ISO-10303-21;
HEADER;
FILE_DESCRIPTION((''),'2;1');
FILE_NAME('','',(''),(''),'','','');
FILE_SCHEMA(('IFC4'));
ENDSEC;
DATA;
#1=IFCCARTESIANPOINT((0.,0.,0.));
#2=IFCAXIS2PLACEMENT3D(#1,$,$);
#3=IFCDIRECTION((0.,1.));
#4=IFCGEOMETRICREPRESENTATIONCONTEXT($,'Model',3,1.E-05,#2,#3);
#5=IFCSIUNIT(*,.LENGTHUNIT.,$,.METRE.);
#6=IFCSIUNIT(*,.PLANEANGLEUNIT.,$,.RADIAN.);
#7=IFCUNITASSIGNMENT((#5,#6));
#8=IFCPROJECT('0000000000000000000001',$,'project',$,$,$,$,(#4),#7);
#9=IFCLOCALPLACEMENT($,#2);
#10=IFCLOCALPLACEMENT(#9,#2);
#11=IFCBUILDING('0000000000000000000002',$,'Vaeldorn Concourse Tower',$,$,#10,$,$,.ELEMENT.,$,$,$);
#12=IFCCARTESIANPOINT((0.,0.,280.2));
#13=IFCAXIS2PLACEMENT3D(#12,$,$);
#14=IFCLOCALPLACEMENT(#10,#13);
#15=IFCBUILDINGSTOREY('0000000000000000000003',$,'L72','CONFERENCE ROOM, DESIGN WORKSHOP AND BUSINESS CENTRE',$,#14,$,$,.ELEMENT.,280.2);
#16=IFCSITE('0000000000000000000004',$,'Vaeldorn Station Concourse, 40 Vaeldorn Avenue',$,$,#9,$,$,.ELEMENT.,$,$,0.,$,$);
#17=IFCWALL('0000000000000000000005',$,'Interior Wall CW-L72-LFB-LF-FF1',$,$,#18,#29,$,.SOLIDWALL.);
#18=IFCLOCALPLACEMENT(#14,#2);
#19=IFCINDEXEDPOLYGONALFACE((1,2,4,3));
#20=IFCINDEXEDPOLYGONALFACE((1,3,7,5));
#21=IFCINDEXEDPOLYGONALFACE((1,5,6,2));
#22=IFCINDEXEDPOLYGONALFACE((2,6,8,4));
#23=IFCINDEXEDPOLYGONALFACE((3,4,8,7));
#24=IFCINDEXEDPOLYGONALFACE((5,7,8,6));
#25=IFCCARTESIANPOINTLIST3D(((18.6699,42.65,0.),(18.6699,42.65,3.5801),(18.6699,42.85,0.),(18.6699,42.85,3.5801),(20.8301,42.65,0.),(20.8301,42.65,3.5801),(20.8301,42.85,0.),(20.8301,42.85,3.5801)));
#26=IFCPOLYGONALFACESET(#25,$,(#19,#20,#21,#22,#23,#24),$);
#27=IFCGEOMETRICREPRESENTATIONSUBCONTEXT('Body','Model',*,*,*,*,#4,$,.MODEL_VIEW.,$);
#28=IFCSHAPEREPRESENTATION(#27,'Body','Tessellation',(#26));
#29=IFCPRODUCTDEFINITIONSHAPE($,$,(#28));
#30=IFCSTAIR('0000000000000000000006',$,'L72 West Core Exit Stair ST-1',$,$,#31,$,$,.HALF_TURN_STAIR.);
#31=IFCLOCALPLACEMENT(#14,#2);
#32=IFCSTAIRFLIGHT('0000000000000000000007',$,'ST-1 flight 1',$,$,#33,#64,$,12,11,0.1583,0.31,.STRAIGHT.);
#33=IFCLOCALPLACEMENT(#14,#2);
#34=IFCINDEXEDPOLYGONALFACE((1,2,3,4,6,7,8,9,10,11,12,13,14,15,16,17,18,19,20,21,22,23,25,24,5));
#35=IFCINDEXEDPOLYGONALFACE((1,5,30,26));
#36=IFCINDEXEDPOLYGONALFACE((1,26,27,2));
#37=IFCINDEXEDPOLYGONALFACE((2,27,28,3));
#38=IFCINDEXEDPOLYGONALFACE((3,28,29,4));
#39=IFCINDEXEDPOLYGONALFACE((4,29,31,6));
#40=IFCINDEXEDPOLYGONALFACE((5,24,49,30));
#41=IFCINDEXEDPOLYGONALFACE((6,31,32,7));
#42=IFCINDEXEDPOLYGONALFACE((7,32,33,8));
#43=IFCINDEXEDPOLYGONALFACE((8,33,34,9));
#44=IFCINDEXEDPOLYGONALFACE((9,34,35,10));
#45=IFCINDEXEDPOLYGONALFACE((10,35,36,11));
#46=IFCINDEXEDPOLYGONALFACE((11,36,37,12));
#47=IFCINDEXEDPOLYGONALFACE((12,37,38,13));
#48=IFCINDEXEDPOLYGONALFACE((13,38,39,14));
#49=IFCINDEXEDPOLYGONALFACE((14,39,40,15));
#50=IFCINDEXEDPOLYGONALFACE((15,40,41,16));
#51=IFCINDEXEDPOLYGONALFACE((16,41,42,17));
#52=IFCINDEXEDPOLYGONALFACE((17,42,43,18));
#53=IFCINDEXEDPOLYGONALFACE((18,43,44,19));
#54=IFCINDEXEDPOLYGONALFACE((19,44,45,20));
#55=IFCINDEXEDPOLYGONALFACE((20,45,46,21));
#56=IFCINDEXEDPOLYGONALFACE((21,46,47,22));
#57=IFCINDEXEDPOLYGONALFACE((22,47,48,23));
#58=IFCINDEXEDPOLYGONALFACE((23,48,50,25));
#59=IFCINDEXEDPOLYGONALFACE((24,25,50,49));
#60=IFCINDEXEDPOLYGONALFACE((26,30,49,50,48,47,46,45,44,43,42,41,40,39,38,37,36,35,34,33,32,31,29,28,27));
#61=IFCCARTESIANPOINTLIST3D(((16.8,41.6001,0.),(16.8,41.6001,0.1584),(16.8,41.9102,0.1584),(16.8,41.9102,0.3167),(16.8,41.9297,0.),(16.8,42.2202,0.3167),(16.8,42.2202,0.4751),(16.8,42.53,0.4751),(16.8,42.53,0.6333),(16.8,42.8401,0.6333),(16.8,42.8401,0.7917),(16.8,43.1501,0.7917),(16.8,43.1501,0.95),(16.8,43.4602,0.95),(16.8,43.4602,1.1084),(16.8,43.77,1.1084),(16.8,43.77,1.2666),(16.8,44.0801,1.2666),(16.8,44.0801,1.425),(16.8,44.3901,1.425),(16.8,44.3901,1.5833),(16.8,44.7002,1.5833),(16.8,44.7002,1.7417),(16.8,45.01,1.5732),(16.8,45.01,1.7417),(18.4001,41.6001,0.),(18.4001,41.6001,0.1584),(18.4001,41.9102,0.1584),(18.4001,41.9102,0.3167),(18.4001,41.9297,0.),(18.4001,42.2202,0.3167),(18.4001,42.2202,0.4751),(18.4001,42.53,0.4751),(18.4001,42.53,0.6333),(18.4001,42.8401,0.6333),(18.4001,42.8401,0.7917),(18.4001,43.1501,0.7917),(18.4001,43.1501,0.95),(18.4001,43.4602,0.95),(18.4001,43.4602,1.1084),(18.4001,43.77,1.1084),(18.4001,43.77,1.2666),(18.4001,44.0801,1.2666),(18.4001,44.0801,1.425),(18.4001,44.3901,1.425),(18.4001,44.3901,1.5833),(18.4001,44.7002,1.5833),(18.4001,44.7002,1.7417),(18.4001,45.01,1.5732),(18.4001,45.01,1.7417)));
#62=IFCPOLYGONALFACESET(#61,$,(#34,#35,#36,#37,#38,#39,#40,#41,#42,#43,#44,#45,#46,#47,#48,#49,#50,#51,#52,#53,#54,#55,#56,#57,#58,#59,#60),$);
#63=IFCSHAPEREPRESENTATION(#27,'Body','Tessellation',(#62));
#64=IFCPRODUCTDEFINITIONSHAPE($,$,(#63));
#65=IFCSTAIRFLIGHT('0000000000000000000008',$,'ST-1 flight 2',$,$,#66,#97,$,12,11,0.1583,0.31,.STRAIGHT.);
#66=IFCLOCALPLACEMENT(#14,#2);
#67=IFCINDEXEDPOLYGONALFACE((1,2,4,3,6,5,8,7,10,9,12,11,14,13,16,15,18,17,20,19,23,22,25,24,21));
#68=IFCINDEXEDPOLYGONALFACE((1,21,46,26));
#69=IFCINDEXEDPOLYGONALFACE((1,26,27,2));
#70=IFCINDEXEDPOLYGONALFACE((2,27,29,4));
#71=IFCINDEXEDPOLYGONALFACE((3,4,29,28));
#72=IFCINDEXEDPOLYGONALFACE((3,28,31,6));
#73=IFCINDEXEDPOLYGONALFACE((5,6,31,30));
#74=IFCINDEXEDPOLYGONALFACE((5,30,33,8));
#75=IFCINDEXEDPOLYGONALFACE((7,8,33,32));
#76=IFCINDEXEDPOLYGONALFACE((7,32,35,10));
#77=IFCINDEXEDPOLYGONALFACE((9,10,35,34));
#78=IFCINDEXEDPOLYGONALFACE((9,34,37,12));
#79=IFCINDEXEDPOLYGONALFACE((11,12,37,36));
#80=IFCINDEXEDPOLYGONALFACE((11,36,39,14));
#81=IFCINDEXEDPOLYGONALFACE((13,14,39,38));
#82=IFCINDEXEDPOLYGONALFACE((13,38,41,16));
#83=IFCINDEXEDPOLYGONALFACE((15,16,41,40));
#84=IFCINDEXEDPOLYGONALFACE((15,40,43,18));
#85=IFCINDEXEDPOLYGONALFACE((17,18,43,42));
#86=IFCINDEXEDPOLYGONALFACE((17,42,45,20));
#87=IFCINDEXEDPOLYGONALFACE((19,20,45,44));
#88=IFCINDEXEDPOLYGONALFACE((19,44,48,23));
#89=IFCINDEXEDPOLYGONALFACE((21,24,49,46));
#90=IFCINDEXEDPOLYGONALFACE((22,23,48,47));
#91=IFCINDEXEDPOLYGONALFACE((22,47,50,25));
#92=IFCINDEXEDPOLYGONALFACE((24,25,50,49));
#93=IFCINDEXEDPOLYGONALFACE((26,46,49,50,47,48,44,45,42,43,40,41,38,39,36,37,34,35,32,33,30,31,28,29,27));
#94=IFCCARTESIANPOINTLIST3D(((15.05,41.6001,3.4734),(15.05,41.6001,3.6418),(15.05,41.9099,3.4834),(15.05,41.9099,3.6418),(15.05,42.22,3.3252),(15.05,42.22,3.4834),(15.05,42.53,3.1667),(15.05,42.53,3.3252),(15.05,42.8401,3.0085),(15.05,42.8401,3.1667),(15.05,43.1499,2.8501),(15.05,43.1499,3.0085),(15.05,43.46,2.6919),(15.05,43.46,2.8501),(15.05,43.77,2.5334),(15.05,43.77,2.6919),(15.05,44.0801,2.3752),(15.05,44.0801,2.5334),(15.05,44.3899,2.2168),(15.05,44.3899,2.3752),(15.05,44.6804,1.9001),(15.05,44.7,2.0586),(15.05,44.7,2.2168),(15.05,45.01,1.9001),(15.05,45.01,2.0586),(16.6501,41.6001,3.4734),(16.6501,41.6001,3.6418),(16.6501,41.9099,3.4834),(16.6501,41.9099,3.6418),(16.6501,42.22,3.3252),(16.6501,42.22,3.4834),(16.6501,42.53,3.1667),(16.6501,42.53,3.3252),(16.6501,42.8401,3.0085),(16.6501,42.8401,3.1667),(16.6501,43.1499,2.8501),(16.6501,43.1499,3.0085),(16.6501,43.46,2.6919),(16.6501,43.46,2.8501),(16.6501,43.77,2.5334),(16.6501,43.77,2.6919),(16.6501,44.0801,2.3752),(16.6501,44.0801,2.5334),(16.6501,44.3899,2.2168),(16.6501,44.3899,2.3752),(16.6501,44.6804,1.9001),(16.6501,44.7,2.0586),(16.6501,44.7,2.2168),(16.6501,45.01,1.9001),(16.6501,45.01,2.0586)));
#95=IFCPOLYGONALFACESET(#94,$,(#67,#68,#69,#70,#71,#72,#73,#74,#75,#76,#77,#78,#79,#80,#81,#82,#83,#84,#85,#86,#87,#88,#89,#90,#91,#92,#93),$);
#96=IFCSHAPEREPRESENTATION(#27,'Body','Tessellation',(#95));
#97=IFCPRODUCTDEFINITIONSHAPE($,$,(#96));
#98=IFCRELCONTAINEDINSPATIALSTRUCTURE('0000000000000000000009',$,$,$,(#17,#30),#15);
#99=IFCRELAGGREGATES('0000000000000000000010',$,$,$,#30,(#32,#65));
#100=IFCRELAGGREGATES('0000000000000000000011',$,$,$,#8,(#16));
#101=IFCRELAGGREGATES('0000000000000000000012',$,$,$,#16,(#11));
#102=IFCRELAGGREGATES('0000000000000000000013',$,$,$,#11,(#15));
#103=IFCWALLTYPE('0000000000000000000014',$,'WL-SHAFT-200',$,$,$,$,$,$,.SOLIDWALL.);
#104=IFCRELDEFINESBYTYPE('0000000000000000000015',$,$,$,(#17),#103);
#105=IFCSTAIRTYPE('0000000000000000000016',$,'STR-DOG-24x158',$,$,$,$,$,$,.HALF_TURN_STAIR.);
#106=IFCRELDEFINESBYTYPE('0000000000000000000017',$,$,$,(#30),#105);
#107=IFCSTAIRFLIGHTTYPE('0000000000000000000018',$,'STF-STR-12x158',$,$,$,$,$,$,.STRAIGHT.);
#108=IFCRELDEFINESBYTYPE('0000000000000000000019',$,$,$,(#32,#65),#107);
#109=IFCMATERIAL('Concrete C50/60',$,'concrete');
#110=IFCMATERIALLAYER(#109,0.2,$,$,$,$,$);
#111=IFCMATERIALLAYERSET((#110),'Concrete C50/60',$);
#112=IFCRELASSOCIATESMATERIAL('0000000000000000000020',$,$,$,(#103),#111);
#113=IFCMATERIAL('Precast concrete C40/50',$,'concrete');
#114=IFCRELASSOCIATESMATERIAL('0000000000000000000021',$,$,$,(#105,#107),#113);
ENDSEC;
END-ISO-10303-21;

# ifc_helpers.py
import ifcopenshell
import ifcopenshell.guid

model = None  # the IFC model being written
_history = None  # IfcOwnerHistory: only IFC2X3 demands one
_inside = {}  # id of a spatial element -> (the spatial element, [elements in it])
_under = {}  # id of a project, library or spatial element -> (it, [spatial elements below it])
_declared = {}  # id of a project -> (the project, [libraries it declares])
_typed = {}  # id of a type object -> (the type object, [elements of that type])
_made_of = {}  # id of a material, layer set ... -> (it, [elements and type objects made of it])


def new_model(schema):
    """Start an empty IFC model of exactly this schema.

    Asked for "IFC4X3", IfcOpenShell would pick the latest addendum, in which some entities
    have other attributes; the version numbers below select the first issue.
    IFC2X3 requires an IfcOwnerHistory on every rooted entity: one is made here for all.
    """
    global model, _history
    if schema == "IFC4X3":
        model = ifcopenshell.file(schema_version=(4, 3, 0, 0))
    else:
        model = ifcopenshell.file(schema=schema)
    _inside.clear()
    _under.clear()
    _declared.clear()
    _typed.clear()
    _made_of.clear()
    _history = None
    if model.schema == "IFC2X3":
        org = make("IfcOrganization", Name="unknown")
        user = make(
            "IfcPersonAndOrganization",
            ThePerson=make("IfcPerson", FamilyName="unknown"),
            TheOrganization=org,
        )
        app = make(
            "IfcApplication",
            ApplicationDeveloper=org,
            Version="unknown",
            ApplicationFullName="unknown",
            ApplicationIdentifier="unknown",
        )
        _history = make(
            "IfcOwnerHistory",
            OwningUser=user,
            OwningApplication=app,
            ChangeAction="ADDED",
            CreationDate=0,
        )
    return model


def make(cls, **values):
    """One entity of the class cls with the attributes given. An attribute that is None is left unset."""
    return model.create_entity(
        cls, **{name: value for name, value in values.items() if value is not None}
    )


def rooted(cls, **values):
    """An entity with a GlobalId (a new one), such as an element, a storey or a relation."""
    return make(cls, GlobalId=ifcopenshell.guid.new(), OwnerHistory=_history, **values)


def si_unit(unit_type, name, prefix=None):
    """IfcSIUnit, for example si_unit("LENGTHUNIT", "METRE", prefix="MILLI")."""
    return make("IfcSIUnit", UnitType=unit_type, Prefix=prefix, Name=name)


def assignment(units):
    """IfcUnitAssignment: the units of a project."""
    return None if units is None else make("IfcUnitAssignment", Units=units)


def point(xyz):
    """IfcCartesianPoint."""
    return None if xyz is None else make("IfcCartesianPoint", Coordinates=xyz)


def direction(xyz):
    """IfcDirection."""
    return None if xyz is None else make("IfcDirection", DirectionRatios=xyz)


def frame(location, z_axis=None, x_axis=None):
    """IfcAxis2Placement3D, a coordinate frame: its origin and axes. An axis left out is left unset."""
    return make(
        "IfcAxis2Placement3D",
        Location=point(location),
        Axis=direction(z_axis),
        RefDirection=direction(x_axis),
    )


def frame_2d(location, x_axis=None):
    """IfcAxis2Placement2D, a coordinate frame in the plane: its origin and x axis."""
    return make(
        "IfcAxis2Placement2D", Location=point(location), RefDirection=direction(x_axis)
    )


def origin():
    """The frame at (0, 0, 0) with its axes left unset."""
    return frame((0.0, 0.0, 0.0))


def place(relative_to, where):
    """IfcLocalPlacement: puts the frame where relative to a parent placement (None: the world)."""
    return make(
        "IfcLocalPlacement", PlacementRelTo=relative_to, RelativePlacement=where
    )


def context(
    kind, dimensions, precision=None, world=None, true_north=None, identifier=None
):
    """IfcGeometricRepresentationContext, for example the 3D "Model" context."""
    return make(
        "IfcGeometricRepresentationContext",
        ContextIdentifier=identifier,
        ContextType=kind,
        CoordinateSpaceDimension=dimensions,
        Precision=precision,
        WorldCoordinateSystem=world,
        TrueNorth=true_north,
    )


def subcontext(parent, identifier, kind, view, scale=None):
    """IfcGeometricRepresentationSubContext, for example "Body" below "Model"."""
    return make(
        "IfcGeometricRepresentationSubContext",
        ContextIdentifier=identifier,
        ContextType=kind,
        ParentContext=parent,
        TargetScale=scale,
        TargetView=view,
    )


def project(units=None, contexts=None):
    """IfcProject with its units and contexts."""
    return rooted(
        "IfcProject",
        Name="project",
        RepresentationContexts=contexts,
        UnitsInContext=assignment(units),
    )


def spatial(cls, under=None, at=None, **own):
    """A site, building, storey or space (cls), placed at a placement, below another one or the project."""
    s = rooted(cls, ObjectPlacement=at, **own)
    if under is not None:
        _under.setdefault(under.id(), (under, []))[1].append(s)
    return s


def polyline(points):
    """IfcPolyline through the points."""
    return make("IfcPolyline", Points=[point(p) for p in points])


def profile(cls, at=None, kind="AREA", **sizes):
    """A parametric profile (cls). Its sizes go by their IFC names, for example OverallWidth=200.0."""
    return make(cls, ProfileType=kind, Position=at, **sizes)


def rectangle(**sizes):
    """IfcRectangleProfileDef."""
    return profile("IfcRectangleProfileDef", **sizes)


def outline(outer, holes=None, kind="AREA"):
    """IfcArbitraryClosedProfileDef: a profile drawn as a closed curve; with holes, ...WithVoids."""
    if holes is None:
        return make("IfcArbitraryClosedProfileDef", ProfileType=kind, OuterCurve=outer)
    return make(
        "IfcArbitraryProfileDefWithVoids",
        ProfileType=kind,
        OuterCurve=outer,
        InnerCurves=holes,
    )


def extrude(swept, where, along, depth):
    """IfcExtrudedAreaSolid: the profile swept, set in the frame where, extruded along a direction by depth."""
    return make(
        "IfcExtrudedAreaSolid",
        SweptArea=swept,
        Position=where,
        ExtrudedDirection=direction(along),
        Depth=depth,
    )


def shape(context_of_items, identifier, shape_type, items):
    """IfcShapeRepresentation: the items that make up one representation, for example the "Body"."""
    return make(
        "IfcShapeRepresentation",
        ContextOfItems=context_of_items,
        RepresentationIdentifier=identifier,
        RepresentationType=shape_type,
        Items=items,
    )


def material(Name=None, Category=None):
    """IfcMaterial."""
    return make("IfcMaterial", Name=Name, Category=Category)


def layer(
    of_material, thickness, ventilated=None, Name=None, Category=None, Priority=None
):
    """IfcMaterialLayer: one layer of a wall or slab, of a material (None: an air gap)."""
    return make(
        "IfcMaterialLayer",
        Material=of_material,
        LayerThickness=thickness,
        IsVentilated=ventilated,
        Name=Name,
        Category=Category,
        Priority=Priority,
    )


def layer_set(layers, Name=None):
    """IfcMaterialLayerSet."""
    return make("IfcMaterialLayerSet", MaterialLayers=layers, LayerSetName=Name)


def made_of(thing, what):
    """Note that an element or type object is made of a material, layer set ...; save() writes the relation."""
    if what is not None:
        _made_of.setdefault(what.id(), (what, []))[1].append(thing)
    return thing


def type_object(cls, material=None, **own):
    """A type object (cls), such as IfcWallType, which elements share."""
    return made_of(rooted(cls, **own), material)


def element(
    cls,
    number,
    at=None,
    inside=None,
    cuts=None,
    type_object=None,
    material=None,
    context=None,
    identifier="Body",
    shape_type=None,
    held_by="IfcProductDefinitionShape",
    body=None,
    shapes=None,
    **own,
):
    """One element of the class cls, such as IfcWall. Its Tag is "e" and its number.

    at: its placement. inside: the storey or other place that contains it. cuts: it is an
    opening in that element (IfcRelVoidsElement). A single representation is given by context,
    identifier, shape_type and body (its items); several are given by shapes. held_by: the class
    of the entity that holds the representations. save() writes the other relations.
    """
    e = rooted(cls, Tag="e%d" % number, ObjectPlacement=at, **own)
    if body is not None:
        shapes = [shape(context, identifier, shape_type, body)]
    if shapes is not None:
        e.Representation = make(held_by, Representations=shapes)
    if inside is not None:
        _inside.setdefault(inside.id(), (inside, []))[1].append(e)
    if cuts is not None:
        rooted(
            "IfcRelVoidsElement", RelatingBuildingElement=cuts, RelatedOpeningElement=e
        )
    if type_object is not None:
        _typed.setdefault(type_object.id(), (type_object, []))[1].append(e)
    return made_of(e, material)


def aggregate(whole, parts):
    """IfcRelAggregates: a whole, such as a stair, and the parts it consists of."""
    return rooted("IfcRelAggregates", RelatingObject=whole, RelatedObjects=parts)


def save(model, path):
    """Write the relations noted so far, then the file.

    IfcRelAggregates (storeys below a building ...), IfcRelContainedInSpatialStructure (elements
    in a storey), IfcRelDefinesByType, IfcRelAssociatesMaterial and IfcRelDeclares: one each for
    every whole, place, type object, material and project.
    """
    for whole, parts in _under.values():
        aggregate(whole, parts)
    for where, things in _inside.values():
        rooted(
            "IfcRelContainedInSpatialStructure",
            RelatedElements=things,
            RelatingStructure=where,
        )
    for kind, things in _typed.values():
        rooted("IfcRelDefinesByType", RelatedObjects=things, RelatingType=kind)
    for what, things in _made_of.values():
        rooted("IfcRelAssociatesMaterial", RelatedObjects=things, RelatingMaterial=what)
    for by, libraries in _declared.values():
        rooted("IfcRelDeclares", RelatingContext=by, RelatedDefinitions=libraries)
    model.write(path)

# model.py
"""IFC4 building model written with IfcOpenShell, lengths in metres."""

from ifc_helpers import new_model, si_unit, direction, frame, frame_2d, origin, place, context, subcontext, project, spatial, polyline, rectangle, outline, extrude, material, layer, layer_set, type_object, element, aggregate, save


model = new_model("IFC4")

# Units and contexts
model_context = context("Model", 3, precision=1e-05, world=origin(), true_north=direction((0.0, 1.0)))
body_context = subcontext(model_context, "Body", "Model", "MODEL_VIEW")
ifc_project = project(units=[si_unit("LENGTHUNIT", "METRE"), si_unit("PLANEANGLEUNIT", "RADIAN")], contexts=[model_context])

# Site, building, storey
site_placement = place(None, origin())
site = spatial("IfcSite", under=ifc_project, at=site_placement, Name="Vaeldorn Station Concourse, 40 Vaeldorn Avenue", CompositionType="ELEMENT", RefElevation=0.0)
building_placement = place(site_placement, origin())
building = spatial("IfcBuilding", under=site, at=building_placement, Name="Vaeldorn Concourse Tower", CompositionType="ELEMENT")
storey_placement = place(building_placement, frame((0.0, 0.0, 280.2)))
storey = spatial("IfcBuildingStorey", under=building, at=storey_placement, Name="L72", Description="CONFERENCE ROOM, DESIGN WORKSHOP AND BUSINESS CENTRE", CompositionType="ELEMENT", Elevation=280.2)

# Shared definitions
ifc_material_1 = material(Name="Concrete C50/60", Category="concrete")

# Shared definitions
ifc_layer_1 = layer(ifc_material_1, 0.2)
ifc_layer_set_1 = layer_set([ifc_layer_1], Name="Concrete C50/60")
wall_type_1 = type_object("IfcWallType", Name="WL-SHAFT-200", PredefinedType="SOLIDWALL", material=ifc_layer_set_1)

# Wall
wall_1_placement = place(storey_placement, frame((18.6699, 42.75, 0.0), z_axis=(0.0, 0.0, 1.0), x_axis=(1.0, 0.0, 0.0)))
element("IfcWall", 1, at=wall_1_placement, inside=storey, type_object=wall_type_1, Name="Interior Wall CW-L72-LFB-LF-FF1", PredefinedType="SOLIDWALL", context=body_context, shape_type="SweptSolid", body=[
    extrude(rectangle(XDim=2.1602, YDim=0.2, at=frame_2d((1.0801, 0.0))), origin(), (0.0, 0.0, 1.0), 3.5801),
])

# Stair, stair flights
ifc_material_2 = material(Name="Precast concrete C40/50", Category="concrete")
stair_type = type_object("IfcStairType", Name="STR-DOG-24x158", PredefinedType="HALF_TURN_STAIR", material=ifc_material_2)
stair_placement = place(storey_placement, origin())
stair = element("IfcStair", 2, at=stair_placement, inside=storey, type_object=stair_type, Name="L72 West Core Exit Stair ST-1", PredefinedType="HALF_TURN_STAIR")
stair_flight_type = type_object("IfcStairFlightType", Name="STF-STR-12x158", PredefinedType="STRAIGHT", material=ifc_material_2)
stair_flight_1_placement = place(storey_placement, frame((17.6001, 41.6001, 0.0), z_axis=(0.0, 0.0, 1.0), x_axis=(0.0, 1.0, 0.0)))
stair_flight_1 = element("IfcStairFlight", 3, at=stair_flight_1_placement, type_object=stair_flight_type, Name="ST-1 flight 1", NumberOfRisers=12, NumberOfTreads=11, PredefinedType="STRAIGHT", RiserHeight=0.1583, TreadLength=0.31, context=body_context, shape_type="SweptSolid", body=[
    extrude(outline(polyline([(0.0, 0.0), (0.0, 0.1584), (0.3101, 0.1584), (0.3101, 0.3167), (0.6201, 0.3167), (0.6201, 0.4751), (0.9299, 0.4751), (0.9299, 0.6333), (1.24, 0.6333), (1.24, 0.7917), (1.55, 0.7917), (1.55, 0.95), (1.8601, 0.95), (1.8601, 1.1084), (2.1699, 1.1084), (2.1699, 1.2666), (2.48, 1.2666), (2.48, 1.425), (2.79, 1.425), (2.79, 1.5833), (3.1001, 1.5833), (3.1001, 1.7417), (3.4099, 1.7417), (3.4099, 1.8999), (3.4099, 1.5732), (0.3296, 0.0), (0.0, 0.0)])), frame((0.0, 0.8, 0.0), z_axis=(0.0, -1.0, 0.0), x_axis=(1.0, 0.0, 0.0)), (0.0, 0.0, 1.0), 1.6001),
])
stair_flight_2_placement = place(storey_placement, frame((15.8501, 45.01, 1.9001), z_axis=(0.0, 0.0, 1.0), x_axis=(0.0, -1.0, 0.0)))
stair_flight_2 = element("IfcStairFlight", 4, at=stair_flight_2_placement, type_object=stair_flight_type, Name="ST-1 flight 2", NumberOfRisers=12, NumberOfTreads=11, PredefinedType="STRAIGHT", RiserHeight=0.1583, TreadLength=0.31, context=body_context, shape_type="SweptSolid", body=[
    extrude(outline(polyline([(0.0, 0.0), (0.0, 0.1584), (0.3101, 0.1584), (0.3101, 0.3167), (0.6201, 0.3167), (0.6201, 0.4751), (0.9299, 0.4751), (0.9299, 0.6333), (1.24, 0.6333), (1.24, 0.7917), (1.55, 0.7917), (1.55, 0.95), (1.8601, 0.95), (1.8601, 1.1084), (2.1699, 1.1084), (2.1699, 1.2666), (2.48, 1.2666), (2.48, 1.425), (2.79, 1.425), (2.79, 1.5833), (3.1001, 1.5833), (3.1001, 1.7417), (3.4099, 1.7417), (3.4099, 1.8999), (3.4099, 1.5732), (0.3296, 0.0), (0.0, 0.0)])), frame((0.0, 0.8, 0.0), z_axis=(0.0, -1.0, 0.0), x_axis=(1.0, 0.0, 0.0)), (0.0, 0.0, 1.0), 1.6001),
])
aggregate(stair, [stair_flight_1, stair_flight_2])

save(model, "model.ifc")
